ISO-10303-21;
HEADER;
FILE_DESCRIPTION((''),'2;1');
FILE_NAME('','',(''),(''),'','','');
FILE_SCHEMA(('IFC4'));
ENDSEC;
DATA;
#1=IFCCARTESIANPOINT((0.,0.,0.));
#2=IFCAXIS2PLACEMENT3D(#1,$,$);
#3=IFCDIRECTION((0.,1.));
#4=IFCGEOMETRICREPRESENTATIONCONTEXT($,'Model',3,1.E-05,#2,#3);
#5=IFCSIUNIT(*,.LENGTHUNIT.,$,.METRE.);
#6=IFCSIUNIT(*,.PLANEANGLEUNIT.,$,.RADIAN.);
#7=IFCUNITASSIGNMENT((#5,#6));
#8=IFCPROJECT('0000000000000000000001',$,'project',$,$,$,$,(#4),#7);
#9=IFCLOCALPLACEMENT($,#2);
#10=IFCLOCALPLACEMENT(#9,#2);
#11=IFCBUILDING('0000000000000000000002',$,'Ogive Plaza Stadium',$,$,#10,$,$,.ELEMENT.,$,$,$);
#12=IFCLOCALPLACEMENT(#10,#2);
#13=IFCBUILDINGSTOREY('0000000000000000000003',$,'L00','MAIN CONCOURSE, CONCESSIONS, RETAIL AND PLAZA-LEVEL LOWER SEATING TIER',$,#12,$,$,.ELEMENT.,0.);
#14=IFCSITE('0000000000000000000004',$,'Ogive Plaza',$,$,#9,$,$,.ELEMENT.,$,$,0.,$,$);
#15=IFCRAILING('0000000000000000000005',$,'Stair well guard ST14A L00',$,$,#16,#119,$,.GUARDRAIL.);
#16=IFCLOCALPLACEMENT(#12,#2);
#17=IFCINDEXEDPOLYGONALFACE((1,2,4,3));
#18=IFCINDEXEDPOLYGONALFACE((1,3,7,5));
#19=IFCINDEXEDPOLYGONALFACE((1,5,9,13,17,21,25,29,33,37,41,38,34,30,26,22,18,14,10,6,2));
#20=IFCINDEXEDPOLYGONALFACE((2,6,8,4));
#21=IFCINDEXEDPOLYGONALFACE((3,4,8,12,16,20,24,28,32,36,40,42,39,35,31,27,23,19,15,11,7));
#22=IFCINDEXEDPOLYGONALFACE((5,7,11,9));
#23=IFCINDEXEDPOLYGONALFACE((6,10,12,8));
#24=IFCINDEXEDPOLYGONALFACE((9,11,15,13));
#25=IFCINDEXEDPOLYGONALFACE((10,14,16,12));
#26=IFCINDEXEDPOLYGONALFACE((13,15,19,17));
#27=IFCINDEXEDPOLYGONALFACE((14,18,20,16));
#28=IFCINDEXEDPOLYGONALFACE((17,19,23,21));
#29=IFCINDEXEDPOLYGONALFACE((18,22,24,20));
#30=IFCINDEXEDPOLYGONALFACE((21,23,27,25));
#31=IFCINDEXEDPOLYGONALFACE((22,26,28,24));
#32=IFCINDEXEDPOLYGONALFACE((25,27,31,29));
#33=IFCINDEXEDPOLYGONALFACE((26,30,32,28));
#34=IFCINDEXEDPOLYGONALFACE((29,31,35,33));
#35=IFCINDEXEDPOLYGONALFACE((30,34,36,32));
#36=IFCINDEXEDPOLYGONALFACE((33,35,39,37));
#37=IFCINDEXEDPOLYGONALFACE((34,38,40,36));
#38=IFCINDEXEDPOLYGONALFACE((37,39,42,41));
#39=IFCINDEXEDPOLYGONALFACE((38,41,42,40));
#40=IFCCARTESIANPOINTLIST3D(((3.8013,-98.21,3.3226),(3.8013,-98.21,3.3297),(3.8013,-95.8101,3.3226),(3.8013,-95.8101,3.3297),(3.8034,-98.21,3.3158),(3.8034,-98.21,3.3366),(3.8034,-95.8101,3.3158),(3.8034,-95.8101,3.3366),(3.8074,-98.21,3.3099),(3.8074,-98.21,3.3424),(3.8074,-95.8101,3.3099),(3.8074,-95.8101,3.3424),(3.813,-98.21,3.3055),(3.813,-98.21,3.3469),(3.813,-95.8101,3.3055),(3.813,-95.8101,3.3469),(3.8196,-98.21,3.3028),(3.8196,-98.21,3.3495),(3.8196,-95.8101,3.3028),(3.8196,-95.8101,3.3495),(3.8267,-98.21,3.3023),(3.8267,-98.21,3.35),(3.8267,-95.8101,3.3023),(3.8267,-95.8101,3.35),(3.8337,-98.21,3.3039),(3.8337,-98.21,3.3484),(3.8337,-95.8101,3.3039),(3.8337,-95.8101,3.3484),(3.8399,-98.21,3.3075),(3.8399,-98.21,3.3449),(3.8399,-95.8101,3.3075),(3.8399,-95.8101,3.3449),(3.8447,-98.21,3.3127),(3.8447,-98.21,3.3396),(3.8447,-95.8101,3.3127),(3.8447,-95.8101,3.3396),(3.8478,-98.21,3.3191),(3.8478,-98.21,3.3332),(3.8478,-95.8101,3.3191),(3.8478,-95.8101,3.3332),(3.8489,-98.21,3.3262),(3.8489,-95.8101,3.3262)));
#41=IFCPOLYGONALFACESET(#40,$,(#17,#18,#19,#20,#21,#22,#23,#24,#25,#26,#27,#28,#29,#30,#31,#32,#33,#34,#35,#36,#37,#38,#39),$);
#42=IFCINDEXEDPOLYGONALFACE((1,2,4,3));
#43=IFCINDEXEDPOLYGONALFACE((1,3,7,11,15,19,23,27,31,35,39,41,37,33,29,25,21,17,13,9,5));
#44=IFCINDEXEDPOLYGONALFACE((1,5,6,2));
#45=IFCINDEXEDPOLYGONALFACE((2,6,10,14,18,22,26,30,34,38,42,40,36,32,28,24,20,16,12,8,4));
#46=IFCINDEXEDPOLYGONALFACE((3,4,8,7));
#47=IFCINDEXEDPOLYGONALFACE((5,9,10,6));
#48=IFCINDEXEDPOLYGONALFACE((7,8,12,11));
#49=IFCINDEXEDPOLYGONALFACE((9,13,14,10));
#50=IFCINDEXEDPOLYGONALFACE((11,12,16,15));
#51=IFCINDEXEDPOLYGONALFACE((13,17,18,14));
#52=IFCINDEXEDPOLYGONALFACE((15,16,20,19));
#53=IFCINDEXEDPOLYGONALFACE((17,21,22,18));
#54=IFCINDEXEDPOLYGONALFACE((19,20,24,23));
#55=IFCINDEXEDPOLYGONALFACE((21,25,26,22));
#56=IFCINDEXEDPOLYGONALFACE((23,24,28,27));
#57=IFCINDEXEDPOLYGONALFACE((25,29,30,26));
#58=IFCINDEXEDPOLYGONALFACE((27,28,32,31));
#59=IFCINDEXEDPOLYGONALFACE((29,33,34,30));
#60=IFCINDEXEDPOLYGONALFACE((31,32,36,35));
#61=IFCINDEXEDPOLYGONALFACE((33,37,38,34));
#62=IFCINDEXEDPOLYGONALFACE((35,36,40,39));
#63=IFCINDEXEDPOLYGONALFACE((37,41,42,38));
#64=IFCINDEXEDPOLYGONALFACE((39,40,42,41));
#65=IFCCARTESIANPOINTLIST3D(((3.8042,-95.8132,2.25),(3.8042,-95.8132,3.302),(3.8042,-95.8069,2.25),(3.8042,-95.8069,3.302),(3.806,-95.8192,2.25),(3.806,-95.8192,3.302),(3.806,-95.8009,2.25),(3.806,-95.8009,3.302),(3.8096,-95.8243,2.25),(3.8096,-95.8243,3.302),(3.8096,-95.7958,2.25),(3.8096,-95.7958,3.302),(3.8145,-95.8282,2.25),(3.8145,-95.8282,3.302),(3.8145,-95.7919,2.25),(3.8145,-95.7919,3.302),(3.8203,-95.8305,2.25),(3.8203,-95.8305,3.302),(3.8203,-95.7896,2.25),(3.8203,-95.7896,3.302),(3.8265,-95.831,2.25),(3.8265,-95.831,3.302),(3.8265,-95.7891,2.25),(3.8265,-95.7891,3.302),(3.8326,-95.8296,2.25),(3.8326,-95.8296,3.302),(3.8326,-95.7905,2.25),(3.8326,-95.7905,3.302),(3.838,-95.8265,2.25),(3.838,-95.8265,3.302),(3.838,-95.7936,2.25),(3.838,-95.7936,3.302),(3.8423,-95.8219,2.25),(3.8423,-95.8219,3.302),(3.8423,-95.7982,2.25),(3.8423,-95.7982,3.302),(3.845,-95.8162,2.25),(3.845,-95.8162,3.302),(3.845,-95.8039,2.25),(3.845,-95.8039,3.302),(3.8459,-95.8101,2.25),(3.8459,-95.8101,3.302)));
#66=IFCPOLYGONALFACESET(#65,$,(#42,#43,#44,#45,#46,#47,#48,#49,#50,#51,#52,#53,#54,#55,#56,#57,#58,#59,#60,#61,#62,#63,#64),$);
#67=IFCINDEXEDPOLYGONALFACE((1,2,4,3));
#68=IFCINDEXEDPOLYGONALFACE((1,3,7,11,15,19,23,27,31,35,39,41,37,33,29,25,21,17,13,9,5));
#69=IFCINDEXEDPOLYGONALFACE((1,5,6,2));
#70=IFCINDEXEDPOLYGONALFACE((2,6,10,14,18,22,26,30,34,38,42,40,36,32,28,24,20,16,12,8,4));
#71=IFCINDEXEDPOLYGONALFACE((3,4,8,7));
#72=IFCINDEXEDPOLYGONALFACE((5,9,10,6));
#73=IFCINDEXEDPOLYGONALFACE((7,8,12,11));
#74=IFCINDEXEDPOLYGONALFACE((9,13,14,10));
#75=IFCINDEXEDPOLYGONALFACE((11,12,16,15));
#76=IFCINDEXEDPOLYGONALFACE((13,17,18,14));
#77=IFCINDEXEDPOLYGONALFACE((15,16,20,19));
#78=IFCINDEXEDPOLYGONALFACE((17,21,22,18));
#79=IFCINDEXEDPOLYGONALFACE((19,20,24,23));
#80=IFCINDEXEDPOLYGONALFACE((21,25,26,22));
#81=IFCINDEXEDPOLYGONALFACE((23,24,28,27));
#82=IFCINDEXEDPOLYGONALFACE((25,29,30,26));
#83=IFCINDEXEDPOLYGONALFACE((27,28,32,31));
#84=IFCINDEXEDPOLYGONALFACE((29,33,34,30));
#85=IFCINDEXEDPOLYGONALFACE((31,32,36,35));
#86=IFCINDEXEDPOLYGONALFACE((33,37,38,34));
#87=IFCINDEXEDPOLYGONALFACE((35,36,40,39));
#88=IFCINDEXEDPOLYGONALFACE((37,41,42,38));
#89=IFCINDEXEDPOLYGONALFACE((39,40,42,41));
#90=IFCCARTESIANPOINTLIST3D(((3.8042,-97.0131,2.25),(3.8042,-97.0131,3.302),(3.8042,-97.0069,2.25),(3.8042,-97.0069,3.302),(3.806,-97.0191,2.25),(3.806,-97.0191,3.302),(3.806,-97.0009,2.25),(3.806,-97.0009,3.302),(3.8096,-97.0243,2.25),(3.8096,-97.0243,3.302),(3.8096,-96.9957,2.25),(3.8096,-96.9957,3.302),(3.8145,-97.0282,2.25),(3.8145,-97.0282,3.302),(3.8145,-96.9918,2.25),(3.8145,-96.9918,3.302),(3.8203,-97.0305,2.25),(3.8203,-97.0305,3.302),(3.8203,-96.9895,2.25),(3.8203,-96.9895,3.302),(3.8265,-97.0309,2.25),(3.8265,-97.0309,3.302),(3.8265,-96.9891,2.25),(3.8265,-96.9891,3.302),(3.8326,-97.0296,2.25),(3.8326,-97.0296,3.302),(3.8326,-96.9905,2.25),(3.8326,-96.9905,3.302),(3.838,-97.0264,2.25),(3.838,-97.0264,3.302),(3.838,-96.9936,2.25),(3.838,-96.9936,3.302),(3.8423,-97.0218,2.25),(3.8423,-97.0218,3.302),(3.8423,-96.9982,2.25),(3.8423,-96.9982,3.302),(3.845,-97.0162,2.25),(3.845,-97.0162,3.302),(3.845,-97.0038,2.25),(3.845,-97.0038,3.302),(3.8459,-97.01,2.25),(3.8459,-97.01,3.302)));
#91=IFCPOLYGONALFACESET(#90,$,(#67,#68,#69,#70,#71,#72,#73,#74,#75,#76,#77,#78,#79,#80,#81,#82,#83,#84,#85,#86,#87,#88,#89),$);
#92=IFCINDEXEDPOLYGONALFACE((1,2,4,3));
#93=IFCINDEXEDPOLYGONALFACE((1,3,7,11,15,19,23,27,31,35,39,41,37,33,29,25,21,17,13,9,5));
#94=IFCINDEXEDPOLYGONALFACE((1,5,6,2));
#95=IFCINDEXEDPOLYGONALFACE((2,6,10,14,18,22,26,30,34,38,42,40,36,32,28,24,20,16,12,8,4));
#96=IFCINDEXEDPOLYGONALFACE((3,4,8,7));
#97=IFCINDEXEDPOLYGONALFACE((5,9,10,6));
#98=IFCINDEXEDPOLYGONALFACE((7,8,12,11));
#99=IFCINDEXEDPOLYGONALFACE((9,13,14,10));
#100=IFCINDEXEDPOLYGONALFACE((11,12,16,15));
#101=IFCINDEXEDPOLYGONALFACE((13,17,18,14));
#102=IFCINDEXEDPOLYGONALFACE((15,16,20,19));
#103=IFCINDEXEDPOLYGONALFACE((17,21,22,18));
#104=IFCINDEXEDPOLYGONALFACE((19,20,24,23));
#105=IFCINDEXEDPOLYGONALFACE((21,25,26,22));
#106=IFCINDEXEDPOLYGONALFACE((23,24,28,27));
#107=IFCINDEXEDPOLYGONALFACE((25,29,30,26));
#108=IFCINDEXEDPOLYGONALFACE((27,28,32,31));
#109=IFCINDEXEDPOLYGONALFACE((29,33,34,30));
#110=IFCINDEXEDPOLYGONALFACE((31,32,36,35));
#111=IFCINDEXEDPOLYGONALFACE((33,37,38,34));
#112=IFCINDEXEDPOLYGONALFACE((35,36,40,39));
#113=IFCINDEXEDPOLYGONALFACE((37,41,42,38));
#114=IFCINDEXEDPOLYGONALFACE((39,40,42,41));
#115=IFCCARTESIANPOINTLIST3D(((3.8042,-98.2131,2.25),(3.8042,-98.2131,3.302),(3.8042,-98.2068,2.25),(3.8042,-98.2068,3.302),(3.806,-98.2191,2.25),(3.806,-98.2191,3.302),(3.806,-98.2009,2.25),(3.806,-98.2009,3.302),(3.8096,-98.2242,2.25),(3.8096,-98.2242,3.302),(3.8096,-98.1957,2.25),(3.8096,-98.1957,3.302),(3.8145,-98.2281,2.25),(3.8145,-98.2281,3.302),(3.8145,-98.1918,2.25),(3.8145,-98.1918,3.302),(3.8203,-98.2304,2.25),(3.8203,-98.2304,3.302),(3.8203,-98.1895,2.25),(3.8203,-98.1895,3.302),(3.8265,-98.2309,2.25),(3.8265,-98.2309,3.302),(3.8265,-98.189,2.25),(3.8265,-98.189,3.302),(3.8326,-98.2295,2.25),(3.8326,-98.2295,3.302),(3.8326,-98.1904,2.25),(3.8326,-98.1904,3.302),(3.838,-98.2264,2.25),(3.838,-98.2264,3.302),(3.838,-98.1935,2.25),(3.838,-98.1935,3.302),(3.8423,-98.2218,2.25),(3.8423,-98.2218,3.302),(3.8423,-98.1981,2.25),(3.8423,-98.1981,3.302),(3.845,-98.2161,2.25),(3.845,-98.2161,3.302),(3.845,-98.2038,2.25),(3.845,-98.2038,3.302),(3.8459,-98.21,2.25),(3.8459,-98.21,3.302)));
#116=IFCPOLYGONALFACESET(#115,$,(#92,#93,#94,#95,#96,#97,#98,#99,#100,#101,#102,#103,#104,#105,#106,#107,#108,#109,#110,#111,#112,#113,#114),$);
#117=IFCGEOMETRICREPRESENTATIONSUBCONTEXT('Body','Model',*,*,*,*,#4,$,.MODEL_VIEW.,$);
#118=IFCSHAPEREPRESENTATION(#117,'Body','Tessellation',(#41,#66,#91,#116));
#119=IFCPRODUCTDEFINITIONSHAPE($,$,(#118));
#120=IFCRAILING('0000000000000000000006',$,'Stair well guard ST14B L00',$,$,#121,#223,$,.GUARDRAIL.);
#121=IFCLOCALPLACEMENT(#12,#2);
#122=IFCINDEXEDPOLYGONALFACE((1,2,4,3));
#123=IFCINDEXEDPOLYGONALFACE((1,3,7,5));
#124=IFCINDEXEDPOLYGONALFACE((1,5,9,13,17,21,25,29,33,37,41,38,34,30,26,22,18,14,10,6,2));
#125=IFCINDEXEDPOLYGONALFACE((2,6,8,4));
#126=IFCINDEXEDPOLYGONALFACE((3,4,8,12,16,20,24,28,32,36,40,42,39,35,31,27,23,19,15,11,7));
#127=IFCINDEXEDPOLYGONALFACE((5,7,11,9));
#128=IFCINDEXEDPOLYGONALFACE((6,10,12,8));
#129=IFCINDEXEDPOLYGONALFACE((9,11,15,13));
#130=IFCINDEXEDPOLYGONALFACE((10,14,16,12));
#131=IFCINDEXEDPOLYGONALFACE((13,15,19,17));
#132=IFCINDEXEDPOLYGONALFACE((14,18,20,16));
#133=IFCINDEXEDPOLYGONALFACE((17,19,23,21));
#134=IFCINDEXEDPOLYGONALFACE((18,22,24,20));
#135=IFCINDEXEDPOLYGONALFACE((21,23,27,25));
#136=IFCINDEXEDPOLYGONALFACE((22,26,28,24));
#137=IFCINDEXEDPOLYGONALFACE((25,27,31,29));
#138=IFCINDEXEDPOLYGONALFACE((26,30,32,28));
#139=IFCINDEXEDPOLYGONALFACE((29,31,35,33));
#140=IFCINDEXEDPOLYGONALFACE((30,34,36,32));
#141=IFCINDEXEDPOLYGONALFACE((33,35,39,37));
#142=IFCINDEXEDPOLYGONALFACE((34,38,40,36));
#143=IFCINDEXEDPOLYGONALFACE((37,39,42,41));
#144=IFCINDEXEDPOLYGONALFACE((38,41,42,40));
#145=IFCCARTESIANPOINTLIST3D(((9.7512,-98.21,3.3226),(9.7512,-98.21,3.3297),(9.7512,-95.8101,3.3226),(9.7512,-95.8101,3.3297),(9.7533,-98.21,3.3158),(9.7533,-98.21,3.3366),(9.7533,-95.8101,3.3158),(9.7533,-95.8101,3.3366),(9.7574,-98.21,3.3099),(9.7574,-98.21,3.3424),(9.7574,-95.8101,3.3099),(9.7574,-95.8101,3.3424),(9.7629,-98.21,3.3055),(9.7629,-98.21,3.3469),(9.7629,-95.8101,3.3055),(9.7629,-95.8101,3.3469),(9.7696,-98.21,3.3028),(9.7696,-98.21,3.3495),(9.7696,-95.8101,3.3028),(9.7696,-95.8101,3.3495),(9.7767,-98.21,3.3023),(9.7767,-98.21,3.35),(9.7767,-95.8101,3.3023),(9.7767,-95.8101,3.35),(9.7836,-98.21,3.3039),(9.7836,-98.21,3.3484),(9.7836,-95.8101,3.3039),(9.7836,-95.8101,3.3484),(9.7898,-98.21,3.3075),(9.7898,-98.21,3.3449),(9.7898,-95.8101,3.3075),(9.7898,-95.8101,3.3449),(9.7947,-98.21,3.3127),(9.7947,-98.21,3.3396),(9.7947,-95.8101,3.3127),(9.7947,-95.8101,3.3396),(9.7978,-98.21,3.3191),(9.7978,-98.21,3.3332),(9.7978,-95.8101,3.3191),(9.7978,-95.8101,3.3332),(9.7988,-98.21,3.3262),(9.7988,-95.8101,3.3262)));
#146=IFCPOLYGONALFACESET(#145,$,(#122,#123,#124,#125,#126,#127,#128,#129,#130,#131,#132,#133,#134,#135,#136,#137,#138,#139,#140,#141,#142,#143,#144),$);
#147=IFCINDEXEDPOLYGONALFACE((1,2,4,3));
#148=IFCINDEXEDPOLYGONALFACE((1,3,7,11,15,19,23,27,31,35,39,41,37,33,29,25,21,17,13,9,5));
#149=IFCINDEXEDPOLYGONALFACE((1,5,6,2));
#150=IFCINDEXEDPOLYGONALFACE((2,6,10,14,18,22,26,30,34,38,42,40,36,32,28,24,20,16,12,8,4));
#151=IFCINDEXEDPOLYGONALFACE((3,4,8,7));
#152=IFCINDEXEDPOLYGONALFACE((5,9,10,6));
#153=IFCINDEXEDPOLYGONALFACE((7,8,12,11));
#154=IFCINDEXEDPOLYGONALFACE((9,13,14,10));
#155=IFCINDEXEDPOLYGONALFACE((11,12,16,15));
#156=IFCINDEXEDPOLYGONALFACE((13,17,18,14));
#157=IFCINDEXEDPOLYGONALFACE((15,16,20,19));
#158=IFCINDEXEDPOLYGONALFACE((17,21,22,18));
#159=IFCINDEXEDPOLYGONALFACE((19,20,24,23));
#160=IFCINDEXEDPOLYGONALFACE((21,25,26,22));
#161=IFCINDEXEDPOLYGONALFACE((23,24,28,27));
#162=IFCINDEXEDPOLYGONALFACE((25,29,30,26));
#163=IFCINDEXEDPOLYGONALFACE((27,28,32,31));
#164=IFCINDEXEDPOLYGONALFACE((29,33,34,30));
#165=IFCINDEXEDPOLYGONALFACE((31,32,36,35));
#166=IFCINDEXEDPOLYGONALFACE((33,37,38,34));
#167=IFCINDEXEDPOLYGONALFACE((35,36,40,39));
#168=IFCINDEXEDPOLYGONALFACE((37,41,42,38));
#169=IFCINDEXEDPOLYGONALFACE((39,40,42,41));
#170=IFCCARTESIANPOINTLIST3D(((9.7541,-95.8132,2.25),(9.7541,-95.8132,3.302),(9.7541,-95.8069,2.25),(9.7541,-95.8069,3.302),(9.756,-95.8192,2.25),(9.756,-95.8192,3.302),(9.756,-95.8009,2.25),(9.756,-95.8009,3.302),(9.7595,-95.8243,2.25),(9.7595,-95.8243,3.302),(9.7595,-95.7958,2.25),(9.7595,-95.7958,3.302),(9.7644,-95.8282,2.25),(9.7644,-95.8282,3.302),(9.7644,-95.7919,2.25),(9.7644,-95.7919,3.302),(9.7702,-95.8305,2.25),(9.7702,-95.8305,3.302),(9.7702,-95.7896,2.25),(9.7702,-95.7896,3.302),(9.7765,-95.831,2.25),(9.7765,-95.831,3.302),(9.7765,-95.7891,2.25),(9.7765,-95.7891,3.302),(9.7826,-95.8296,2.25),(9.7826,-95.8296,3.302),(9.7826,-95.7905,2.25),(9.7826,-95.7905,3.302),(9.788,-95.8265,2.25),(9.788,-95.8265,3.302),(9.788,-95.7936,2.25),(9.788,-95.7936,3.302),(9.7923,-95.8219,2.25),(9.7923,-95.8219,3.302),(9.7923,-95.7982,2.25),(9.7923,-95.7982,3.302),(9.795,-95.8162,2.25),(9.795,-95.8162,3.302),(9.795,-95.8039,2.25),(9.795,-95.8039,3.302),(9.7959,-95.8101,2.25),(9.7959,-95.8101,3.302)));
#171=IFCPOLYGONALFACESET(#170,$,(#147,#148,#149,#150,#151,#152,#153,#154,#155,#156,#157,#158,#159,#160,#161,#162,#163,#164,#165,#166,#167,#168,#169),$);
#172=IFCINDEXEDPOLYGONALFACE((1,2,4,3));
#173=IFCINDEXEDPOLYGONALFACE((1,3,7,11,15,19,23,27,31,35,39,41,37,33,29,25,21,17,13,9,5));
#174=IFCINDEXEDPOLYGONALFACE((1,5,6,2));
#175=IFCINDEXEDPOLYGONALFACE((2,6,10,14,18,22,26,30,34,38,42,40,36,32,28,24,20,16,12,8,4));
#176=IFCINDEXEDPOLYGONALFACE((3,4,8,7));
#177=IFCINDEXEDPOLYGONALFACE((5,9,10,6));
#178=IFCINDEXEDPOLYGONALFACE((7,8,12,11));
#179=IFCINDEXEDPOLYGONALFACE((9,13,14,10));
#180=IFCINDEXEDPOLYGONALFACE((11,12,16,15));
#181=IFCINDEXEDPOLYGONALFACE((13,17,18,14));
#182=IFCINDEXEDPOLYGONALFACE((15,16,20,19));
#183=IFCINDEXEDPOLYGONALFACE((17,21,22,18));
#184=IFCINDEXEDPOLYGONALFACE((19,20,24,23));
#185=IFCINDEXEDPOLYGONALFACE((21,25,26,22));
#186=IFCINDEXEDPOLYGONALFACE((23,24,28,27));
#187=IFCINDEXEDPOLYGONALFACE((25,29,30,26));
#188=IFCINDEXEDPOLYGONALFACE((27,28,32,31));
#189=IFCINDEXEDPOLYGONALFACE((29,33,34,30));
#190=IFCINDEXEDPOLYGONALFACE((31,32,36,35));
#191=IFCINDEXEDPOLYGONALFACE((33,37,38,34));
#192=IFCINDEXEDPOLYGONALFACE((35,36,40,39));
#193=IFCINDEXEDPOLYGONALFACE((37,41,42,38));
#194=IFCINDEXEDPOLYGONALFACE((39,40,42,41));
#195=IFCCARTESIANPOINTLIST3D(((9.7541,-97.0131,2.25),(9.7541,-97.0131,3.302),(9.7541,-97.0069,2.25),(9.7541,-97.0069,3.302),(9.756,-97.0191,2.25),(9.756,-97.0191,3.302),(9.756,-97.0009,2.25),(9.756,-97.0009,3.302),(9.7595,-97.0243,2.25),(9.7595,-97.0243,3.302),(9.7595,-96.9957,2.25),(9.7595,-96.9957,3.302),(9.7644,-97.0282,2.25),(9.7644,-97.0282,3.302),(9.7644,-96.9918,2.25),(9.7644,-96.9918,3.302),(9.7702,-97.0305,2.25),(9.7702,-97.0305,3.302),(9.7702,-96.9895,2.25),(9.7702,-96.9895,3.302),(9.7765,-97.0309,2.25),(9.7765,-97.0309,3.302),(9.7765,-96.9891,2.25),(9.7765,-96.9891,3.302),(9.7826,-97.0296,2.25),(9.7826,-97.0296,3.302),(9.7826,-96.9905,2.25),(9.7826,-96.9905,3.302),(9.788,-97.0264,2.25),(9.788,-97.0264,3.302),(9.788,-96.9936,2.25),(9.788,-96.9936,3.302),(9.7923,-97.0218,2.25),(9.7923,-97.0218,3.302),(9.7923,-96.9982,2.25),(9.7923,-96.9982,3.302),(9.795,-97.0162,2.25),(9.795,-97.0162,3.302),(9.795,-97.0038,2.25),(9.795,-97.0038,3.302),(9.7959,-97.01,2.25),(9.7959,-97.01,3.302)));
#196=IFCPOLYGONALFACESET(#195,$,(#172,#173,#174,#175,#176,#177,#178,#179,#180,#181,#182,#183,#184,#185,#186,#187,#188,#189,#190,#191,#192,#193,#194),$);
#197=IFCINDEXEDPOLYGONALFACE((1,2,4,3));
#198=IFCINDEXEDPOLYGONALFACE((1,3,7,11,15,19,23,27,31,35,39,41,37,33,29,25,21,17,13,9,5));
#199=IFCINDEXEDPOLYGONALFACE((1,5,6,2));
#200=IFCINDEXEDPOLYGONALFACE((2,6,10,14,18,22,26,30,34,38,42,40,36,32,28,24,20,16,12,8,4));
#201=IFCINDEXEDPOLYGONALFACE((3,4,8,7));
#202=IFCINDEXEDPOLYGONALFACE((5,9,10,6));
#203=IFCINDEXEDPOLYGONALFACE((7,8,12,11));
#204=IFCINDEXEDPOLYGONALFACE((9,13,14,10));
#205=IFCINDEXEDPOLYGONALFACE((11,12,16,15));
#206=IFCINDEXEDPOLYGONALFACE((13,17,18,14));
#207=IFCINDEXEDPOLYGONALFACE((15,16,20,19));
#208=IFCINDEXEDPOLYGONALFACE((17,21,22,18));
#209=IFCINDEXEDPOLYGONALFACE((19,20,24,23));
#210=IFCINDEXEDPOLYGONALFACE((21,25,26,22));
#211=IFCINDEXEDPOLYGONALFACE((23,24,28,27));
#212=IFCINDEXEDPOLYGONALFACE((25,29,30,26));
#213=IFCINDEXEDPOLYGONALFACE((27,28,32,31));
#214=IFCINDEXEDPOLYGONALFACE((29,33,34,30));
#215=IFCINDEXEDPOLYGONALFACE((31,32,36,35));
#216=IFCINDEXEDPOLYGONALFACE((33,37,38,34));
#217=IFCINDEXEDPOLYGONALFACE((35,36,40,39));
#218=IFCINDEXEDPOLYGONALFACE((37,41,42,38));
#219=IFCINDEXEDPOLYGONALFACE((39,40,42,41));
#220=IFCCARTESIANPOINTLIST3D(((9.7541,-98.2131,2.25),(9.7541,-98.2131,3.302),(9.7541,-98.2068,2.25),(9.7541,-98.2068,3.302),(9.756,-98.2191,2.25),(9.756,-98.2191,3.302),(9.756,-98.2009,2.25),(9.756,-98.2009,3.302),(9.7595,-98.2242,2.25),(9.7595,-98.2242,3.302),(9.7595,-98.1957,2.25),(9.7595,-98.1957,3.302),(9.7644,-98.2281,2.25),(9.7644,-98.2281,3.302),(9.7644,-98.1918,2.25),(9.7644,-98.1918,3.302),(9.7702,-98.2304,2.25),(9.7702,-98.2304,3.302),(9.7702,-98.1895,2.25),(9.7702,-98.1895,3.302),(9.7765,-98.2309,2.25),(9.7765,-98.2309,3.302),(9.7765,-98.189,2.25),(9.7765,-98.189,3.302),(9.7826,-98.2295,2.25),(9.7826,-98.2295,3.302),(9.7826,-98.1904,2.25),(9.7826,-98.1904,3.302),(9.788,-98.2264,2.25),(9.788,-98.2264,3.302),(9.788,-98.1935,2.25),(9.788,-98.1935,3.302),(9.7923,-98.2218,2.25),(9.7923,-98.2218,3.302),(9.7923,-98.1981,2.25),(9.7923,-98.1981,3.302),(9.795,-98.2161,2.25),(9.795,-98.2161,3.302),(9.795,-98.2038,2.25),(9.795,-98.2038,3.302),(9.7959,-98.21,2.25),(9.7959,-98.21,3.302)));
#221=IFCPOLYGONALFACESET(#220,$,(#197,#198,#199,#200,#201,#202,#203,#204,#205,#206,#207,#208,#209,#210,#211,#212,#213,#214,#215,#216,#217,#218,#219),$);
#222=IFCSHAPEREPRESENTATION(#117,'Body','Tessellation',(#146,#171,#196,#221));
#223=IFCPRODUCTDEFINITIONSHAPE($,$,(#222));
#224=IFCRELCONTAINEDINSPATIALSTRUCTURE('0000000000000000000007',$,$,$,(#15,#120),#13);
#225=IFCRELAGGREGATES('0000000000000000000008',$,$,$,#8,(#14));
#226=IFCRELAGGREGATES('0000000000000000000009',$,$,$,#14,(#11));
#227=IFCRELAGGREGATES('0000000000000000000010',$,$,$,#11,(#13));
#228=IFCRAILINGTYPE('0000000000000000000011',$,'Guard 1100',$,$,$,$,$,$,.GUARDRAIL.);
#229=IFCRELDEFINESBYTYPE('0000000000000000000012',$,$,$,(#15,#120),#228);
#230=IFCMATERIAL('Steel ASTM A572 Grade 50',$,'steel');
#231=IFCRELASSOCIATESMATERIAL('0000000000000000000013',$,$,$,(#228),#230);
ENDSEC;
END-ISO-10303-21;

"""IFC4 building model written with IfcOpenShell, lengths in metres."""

from ifc_helpers import new_model, si_unit, direction, frame, origin, origin_2d, place, context, subcontext, project, spatial, circle, extrude, material, type_object, element, save


model = new_model("IFC4")

# Units and contexts
model_context = context("Model", 3, precision=1e-05, world=origin(), true_north=direction((0.0, 1.0)))
body_context = subcontext(model_context, "Body", "Model", "MODEL_VIEW")
ifc_project = project(units=[si_unit("LENGTHUNIT", "METRE"), si_unit("PLANEANGLEUNIT", "RADIAN")], contexts=[model_context])

# Site, building, storey
site_placement = place(None, origin())
site = spatial("IfcSite", under=ifc_project, at=site_placement, Name="Ogive Plaza", CompositionType="ELEMENT", RefElevation=0.0)
building_placement = place(site_placement, origin())
building = spatial("IfcBuilding", under=site, at=building_placement, Name="Ogive Plaza Stadium", CompositionType="ELEMENT")
storey_placement = place(building_placement, origin())
storey = spatial("IfcBuildingStorey", under=building, at=storey_placement, Name="L00", Description="MAIN CONCOURSE, CONCESSIONS, RETAIL AND PLAZA-LEVEL LOWER SEATING TIER", CompositionType="ELEMENT", Elevation=0.0)

# Railings
ifc_material_1 = material(Name="Steel ASTM A572 Grade 50", Category="steel")
railing_type_1 = type_object("IfcRailingType", Name="Guard 1100", PredefinedType="GUARDRAIL", material=ifc_material_1)
for number, where, name in (
    (1, (3.825, -95.8101, 2.25), "Stair well guard ST14A L00"),
    (2, (9.7749, -95.8101, 2.25), "Stair well guard ST14B L00"),
):
    element("IfcRailing", number, at=place(storey_placement, frame(where)), inside=storey, type_object=railing_type_1, Name=name, PredefinedType="GUARDRAIL", context=body_context, shape_type="SweptSolid", body=[
        extrude(circle(Radius=0.0239, at=origin_2d()), frame((0.0, 0.0, 1.0762), z_axis=(0.0, -1.0, 0.0), x_axis=(1.0, 0.0, 0.0)), (0.0, 0.0, 1.0), 2.3999),
        extrude(circle(Radius=0.021, at=origin_2d()), origin(), (0.0, 0.0, 1.0), 1.052),
        extrude(circle(Radius=0.021, at=origin_2d()), frame((0.0, -1.2, 0.0)), (0.0, 0.0, 1.0), 1.052),
        extrude(circle(Radius=0.021, at=origin_2d()), frame((0.0, -2.3999, 0.0)), (0.0, 0.0, 1.0), 1.052),
    ])

save(model, "model.ifc")
